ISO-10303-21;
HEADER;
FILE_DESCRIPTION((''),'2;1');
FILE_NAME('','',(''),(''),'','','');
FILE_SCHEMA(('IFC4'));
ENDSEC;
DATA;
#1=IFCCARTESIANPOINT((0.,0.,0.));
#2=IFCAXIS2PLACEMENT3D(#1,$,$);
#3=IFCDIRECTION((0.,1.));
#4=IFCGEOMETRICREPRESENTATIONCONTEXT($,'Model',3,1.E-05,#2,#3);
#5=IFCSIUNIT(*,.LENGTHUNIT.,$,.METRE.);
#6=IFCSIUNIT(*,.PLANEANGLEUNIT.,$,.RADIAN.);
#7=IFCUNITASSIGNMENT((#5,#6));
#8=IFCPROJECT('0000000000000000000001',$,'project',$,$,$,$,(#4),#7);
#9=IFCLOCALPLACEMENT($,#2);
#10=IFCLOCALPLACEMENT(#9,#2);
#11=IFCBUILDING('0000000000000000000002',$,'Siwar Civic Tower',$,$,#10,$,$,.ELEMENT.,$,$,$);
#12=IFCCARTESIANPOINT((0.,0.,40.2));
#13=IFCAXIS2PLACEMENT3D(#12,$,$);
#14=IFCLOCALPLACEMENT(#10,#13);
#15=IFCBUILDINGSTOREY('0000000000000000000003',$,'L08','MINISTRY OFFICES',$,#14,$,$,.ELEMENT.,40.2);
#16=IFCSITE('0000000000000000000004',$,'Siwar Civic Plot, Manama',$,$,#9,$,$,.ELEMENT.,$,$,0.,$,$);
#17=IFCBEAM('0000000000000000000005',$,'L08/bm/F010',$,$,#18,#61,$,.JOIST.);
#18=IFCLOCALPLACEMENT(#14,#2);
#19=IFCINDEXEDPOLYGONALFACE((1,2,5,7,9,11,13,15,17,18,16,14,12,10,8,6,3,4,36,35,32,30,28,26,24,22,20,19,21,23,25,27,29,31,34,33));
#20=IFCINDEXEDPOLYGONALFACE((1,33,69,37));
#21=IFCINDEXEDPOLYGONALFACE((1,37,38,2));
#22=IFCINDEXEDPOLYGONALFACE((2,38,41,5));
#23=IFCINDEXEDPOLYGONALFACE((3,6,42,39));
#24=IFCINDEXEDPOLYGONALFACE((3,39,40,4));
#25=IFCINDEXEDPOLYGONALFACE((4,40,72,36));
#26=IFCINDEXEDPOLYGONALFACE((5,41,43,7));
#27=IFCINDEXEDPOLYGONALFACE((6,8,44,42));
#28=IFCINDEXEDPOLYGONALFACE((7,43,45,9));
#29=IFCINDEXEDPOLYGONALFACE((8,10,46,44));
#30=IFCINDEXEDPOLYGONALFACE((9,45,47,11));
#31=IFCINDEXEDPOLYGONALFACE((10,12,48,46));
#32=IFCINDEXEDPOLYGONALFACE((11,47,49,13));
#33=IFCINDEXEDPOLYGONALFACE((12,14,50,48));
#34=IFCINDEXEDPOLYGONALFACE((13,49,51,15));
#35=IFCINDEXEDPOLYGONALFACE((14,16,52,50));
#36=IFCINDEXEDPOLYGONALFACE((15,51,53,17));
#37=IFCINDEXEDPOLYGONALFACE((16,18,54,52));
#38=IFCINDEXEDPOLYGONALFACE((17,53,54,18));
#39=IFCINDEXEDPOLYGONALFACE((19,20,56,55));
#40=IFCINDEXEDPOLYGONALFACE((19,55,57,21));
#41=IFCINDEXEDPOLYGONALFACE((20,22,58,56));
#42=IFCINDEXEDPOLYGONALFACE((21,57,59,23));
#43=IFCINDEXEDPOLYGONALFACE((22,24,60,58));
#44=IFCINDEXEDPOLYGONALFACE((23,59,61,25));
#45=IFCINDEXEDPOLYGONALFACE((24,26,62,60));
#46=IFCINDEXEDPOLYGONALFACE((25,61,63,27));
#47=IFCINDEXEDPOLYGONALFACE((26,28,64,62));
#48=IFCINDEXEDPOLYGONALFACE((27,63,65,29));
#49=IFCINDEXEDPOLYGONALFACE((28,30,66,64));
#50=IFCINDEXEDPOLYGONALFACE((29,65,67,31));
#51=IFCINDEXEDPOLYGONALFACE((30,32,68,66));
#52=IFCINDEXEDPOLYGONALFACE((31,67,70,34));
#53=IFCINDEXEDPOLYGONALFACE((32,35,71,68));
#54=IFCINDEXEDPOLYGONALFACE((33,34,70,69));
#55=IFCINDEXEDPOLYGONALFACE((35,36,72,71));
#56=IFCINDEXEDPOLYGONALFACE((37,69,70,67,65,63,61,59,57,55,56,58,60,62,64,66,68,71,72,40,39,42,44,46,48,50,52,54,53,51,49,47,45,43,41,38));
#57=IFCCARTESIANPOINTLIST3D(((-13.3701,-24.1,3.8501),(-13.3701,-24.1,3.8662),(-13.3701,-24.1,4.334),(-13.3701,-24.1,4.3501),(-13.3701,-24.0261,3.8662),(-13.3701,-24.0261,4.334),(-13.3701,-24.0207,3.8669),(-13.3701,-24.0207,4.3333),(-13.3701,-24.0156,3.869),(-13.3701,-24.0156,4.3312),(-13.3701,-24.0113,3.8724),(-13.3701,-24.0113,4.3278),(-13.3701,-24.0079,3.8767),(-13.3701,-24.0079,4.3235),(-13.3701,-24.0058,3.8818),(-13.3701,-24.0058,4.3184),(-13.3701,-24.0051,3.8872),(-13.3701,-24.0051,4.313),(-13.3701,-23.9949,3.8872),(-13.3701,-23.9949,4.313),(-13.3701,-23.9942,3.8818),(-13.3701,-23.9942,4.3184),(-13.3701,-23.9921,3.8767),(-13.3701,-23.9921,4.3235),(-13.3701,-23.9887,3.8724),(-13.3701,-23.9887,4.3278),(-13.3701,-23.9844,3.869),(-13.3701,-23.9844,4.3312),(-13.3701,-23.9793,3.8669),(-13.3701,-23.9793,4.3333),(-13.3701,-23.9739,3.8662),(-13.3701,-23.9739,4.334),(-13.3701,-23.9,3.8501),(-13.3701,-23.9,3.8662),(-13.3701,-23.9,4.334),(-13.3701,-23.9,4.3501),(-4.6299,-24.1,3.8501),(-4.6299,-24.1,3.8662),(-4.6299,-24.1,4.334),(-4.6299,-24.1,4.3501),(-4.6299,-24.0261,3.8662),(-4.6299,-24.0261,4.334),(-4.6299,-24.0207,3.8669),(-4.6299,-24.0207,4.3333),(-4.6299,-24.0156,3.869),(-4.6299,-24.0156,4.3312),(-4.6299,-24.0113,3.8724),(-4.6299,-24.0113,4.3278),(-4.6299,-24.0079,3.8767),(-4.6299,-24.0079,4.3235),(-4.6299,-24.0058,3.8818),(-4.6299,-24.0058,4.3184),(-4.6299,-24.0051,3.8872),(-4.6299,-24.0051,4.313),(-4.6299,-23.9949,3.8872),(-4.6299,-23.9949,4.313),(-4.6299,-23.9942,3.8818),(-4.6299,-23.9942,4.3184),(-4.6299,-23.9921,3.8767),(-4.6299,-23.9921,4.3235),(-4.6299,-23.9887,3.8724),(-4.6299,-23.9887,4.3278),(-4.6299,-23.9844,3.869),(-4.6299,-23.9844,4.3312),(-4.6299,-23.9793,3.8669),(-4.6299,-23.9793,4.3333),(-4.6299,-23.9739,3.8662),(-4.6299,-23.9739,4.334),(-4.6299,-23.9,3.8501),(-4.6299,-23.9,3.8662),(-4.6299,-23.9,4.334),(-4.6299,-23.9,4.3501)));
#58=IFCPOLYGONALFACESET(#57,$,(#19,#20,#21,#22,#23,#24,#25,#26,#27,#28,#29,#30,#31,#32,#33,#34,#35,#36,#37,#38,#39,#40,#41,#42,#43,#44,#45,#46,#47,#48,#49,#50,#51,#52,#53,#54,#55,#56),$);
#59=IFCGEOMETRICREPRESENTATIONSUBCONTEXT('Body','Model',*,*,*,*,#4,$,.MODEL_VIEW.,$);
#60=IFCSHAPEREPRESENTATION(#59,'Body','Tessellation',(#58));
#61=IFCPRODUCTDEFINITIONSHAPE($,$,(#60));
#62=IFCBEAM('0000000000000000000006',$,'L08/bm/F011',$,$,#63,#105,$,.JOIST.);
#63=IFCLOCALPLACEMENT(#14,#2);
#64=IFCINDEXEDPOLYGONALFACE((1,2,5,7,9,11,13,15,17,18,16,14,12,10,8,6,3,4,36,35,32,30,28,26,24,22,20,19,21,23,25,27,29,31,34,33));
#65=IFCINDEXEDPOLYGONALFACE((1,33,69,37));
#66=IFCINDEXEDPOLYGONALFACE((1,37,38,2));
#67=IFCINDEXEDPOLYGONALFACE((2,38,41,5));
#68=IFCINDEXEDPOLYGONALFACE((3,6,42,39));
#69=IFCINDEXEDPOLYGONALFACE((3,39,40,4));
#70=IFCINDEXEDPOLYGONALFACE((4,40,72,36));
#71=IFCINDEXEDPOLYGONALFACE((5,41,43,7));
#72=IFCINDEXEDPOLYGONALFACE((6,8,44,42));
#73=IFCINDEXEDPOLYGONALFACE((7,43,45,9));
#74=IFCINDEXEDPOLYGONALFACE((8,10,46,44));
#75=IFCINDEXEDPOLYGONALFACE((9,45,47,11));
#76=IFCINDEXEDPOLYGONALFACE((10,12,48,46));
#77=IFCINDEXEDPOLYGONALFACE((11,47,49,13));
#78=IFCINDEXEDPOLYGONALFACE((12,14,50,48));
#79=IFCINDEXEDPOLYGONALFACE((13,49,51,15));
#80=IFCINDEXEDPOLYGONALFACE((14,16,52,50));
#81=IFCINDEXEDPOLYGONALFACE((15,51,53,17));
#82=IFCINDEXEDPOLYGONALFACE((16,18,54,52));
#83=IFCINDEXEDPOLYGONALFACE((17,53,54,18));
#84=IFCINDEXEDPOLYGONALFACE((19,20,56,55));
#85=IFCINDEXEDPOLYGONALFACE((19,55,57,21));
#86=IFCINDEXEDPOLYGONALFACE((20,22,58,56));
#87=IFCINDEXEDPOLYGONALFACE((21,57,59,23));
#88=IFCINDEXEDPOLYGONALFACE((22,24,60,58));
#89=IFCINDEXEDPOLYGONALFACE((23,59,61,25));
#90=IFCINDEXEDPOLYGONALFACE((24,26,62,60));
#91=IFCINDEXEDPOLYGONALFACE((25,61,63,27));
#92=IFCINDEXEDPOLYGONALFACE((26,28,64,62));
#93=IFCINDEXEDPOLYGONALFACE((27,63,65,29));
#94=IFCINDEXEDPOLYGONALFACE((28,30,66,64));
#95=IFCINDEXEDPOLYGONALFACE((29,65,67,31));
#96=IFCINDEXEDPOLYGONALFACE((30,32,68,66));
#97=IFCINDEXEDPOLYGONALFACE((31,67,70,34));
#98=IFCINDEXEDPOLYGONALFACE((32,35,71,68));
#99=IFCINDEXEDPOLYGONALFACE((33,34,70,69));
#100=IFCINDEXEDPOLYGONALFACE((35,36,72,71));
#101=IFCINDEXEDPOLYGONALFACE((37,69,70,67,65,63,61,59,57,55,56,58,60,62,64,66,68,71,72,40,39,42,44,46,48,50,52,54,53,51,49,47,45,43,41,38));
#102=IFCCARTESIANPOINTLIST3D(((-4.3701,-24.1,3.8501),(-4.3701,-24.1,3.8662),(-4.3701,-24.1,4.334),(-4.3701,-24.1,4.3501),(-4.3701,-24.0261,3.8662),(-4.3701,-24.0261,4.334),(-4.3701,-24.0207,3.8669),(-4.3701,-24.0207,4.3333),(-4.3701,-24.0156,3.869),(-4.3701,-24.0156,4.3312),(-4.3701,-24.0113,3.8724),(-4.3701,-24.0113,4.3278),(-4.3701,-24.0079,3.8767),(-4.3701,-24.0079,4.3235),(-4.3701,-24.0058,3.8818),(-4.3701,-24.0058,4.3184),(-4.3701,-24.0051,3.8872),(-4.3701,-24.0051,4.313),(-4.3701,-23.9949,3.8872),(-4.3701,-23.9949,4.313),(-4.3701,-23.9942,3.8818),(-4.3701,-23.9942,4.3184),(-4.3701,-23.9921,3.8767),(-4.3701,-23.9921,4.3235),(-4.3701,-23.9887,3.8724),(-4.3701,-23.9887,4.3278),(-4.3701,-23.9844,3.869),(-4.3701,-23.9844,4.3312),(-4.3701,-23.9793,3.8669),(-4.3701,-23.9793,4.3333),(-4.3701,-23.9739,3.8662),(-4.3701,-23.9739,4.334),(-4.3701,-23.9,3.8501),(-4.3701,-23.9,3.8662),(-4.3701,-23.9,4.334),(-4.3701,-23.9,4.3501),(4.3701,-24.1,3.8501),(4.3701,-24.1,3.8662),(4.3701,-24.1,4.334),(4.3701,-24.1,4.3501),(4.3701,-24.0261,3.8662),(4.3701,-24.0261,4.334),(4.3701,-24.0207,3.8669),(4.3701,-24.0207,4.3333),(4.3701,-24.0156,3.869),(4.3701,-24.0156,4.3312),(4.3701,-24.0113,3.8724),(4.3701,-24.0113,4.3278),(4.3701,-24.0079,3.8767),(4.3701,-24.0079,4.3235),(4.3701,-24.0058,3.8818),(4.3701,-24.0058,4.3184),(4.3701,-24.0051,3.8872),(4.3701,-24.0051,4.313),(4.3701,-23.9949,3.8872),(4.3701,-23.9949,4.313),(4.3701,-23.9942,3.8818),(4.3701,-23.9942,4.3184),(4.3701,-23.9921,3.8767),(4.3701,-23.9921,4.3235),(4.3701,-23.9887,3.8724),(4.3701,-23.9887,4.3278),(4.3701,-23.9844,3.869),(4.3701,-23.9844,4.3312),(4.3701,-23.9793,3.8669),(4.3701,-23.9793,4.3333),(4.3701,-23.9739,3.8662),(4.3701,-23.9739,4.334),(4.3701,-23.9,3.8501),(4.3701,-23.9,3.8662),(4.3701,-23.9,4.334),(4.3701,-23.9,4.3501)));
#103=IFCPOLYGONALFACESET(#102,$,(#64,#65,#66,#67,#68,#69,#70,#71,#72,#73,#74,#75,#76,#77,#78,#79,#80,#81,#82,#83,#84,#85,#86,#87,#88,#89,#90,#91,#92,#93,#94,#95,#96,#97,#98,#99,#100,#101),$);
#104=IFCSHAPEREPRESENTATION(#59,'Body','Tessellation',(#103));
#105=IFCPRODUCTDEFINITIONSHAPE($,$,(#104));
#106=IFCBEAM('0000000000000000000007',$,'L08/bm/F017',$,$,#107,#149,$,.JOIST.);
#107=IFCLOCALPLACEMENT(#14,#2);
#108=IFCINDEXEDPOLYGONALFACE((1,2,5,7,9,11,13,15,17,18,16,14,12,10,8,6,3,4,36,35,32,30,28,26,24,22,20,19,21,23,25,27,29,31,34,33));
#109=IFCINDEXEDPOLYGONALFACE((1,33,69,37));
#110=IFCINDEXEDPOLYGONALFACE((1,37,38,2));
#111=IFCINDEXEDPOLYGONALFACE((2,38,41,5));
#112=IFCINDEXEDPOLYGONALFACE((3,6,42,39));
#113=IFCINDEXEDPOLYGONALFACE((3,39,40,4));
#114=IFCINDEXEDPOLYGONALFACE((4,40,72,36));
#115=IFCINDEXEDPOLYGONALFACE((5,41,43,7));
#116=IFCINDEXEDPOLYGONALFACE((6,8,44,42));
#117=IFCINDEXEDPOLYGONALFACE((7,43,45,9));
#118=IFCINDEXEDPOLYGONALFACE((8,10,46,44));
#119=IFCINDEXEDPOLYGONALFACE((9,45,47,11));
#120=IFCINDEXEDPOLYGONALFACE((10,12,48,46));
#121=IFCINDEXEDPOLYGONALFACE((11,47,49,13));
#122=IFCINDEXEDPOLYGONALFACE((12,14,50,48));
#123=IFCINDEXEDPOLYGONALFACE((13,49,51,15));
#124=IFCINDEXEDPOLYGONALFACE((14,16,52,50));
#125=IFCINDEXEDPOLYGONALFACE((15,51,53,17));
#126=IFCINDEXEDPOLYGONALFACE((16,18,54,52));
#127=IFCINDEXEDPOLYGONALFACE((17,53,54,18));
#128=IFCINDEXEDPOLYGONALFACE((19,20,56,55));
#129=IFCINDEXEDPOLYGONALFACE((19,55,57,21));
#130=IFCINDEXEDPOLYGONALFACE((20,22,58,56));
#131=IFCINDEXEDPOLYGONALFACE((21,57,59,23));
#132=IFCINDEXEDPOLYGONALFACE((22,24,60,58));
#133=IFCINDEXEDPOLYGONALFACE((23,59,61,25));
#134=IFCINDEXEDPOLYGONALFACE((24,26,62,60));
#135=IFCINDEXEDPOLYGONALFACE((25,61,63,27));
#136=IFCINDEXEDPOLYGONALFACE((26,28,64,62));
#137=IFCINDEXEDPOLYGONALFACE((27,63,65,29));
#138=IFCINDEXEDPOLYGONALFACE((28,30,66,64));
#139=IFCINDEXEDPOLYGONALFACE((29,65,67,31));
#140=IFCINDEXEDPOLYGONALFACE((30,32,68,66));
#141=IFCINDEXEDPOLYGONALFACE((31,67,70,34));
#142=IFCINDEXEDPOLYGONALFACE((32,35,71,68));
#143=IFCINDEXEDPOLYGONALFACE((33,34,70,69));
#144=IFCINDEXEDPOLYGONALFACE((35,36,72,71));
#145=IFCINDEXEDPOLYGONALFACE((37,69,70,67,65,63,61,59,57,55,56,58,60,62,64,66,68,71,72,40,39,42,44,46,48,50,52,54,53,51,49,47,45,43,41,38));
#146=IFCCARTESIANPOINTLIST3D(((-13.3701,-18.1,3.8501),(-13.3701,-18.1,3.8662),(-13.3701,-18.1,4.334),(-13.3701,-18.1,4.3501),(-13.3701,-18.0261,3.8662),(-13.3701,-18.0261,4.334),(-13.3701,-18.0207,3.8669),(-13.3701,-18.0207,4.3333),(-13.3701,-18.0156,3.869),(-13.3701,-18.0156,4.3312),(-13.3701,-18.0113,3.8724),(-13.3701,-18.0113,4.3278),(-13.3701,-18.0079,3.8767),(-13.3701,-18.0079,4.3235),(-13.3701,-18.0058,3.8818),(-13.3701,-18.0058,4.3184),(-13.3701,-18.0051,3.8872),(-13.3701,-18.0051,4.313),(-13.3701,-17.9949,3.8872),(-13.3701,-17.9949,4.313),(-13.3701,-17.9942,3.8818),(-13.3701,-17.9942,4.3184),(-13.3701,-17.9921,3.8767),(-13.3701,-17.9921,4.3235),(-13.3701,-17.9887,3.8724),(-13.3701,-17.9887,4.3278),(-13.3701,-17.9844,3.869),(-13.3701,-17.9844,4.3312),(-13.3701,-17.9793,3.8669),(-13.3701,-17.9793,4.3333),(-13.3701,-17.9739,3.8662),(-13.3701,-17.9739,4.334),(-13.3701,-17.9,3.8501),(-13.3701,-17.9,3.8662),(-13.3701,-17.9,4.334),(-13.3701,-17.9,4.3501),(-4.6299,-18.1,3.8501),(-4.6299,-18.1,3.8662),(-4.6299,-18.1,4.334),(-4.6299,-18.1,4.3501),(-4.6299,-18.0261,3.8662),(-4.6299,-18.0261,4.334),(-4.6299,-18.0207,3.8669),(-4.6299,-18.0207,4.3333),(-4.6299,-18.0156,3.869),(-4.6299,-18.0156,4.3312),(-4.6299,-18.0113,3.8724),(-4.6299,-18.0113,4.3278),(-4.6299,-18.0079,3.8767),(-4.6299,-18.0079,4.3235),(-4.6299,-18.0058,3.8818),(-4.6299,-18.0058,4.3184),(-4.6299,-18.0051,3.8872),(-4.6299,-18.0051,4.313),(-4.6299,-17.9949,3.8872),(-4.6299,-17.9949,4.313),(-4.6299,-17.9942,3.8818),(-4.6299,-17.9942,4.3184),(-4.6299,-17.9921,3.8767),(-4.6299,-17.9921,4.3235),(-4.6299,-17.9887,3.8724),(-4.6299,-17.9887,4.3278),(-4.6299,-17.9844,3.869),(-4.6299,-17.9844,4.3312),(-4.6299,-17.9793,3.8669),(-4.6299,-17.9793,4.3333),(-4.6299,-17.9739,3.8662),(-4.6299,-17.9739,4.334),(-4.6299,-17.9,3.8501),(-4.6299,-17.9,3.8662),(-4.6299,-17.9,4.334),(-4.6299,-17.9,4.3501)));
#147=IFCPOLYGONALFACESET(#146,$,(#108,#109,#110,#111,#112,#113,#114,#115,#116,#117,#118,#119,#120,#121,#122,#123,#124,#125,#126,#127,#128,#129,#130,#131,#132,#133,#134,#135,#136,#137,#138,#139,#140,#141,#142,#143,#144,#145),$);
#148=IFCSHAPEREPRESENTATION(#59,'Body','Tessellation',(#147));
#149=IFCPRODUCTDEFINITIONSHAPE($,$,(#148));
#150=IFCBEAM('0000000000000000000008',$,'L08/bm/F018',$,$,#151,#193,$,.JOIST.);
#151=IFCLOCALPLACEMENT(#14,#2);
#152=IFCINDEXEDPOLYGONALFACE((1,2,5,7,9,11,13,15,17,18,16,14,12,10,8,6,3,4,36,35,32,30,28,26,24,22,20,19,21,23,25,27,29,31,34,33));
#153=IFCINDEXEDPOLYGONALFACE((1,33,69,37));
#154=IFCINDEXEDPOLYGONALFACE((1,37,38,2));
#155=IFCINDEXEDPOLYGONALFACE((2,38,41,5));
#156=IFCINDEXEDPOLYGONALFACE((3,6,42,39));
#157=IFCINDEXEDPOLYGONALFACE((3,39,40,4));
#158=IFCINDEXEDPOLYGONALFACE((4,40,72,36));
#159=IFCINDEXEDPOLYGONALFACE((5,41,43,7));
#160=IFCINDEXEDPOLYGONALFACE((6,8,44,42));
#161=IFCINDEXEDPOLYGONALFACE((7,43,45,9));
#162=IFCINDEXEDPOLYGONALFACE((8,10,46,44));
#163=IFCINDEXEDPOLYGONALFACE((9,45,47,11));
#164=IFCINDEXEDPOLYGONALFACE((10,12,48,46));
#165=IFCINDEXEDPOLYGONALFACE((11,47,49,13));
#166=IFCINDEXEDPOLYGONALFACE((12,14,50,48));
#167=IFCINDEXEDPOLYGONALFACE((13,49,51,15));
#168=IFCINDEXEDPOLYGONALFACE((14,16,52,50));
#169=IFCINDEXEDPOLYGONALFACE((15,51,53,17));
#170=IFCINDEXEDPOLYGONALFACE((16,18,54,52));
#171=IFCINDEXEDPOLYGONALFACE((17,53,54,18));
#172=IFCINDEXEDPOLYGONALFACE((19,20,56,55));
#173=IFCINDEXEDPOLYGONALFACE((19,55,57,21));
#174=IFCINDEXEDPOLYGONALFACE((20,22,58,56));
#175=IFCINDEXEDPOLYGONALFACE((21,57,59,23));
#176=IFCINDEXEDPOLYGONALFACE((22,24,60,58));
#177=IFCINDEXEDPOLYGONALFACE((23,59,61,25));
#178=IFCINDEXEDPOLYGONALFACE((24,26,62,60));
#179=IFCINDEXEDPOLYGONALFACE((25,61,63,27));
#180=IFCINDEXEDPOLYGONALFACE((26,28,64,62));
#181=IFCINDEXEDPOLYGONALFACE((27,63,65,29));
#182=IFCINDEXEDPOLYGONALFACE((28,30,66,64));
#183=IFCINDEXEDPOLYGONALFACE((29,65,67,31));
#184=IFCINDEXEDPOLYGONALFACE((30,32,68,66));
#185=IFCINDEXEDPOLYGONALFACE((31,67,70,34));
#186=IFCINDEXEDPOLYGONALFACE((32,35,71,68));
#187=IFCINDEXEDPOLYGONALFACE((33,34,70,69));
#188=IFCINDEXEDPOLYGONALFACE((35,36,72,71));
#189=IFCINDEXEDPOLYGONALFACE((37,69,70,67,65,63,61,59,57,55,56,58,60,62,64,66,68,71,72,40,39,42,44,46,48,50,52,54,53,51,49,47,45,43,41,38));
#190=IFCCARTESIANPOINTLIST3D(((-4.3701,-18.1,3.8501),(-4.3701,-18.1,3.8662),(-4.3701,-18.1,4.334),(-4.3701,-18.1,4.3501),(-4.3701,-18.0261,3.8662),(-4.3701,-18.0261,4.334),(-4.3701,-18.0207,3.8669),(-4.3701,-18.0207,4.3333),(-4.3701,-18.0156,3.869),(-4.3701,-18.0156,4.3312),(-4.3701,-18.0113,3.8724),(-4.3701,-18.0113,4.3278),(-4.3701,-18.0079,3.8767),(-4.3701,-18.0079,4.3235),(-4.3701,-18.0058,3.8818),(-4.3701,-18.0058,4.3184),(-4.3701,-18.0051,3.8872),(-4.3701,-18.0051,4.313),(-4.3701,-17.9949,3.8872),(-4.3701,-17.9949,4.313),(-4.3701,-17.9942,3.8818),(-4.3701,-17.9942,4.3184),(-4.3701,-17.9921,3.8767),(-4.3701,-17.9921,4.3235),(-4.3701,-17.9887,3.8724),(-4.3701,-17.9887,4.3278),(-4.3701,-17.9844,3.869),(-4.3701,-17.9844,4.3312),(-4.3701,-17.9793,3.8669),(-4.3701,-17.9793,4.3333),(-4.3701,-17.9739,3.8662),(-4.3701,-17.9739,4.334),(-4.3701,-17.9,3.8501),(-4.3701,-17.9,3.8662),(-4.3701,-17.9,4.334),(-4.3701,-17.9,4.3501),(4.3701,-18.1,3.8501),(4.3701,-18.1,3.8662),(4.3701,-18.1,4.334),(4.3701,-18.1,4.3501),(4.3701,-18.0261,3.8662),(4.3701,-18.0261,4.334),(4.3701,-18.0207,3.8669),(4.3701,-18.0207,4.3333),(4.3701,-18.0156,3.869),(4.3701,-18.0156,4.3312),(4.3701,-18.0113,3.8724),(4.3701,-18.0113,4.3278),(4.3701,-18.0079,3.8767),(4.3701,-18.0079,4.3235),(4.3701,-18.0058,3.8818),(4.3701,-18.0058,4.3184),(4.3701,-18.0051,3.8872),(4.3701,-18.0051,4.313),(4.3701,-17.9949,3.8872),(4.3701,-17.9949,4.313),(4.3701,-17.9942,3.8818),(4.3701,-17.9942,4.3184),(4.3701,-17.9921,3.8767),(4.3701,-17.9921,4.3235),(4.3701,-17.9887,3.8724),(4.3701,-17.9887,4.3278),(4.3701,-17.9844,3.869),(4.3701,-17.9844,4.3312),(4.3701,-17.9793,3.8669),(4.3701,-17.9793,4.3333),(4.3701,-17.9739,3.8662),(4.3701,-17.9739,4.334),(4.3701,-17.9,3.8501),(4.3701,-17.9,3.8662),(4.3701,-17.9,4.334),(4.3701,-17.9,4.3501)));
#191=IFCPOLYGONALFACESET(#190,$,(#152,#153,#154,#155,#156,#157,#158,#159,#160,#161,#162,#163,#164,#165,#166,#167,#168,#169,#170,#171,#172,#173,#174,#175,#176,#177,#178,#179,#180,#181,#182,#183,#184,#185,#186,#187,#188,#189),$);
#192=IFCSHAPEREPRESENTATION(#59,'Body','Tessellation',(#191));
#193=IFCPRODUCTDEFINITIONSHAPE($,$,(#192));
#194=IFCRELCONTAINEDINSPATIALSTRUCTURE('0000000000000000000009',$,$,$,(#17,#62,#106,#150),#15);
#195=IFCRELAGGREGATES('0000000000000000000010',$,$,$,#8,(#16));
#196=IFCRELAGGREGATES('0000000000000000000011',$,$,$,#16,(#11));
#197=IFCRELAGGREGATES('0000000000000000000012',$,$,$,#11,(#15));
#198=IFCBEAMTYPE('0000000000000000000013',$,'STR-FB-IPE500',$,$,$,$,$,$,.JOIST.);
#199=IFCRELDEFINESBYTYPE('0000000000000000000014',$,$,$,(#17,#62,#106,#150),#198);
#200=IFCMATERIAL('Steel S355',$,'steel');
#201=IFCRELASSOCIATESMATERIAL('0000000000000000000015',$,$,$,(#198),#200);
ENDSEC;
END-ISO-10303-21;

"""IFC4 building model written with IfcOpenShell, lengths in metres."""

from ifc_helpers import new_model, si_unit, direction, frame, origin, origin_2d, place, context, subcontext, project, spatial, i_section, extrude, material, material_profile, profile_set, type_object, element, save


model = new_model("IFC4")

# Units and contexts
model_context = context("Model", 3, precision=1e-05, world=origin(), true_north=direction((0.0, 1.0)))
body_context = subcontext(model_context, "Body", "Model", "MODEL_VIEW")
ifc_project = project(units=[si_unit("LENGTHUNIT", "METRE"), si_unit("PLANEANGLEUNIT", "RADIAN")], contexts=[model_context])

# Site, building, storey
site_placement = place(None, origin())
site = spatial("IfcSite", under=ifc_project, at=site_placement, Name="Siwar Civic Plot, Manama", CompositionType="ELEMENT", RefElevation=0.0)
building_placement = place(site_placement, origin())
building = spatial("IfcBuilding", under=site, at=building_placement, Name="Siwar Civic Tower", CompositionType="ELEMENT")
storey_placement = place(building_placement, frame((0.0, 0.0, 40.2)))
storey = spatial("IfcBuildingStorey", under=building, at=storey_placement, Name="L08", Description="MINISTRY OFFICES", CompositionType="ELEMENT", Elevation=40.2)

# Beams
ifc_material_1 = material(Name="Steel S355", Category="steel")
ifc_material_profile_1 = material_profile(ifc_material_1, i_section(OverallWidth=0.2, OverallDepth=0.5, WebThickness=0.0103, FlangeThickness=0.0161, FilletRadius=0.021, at=origin_2d()), Name="IPE500")
ifc_profile_set_1 = profile_set([ifc_material_profile_1], Name="Steel S355")
beam_type_1 = type_object("IfcBeamType", Name="STR-FB-IPE500", PredefinedType="JOIST", material=ifc_profile_set_1)
for number, where, z_axis, x_axis, name in (
    (1, (-13.3701, -24.0, 4.1001), (1.0, 0.0, 0.0), (0.0, 1.0, 0.0), "L08/bm/F010"),
    (2, (-4.3701, -24.0, 4.1001), (1.0, 0.0, 0.0), (0.0, 1.0, 0.0), "L08/bm/F011"),
    (3, (-13.3701, -18.0, 4.1001), (1.0, 0.0, 0.0), (0.0, 1.0, 0.0), "L08/bm/F017"),
    (4, (-4.3701, -18.0, 4.1001), (1.0, 0.0, 0.0), (0.0, 1.0, 0.0), "L08/bm/F018"),
):
    element("IfcBeam", number, at=place(storey_placement, frame(where, z_axis=z_axis, x_axis=x_axis)), inside=storey, type_object=beam_type_1, Name=name, PredefinedType="JOIST", context=body_context, shape_type="SweptSolid", body=[
        extrude(i_section(OverallWidth=0.2, OverallDepth=0.5, WebThickness=0.0103, FlangeThickness=0.0161, FilletRadius=0.021, at=origin_2d()), origin(), (0.0, 0.0, 1.0), 8.7402),
    ])

save(model, "model.ifc")
